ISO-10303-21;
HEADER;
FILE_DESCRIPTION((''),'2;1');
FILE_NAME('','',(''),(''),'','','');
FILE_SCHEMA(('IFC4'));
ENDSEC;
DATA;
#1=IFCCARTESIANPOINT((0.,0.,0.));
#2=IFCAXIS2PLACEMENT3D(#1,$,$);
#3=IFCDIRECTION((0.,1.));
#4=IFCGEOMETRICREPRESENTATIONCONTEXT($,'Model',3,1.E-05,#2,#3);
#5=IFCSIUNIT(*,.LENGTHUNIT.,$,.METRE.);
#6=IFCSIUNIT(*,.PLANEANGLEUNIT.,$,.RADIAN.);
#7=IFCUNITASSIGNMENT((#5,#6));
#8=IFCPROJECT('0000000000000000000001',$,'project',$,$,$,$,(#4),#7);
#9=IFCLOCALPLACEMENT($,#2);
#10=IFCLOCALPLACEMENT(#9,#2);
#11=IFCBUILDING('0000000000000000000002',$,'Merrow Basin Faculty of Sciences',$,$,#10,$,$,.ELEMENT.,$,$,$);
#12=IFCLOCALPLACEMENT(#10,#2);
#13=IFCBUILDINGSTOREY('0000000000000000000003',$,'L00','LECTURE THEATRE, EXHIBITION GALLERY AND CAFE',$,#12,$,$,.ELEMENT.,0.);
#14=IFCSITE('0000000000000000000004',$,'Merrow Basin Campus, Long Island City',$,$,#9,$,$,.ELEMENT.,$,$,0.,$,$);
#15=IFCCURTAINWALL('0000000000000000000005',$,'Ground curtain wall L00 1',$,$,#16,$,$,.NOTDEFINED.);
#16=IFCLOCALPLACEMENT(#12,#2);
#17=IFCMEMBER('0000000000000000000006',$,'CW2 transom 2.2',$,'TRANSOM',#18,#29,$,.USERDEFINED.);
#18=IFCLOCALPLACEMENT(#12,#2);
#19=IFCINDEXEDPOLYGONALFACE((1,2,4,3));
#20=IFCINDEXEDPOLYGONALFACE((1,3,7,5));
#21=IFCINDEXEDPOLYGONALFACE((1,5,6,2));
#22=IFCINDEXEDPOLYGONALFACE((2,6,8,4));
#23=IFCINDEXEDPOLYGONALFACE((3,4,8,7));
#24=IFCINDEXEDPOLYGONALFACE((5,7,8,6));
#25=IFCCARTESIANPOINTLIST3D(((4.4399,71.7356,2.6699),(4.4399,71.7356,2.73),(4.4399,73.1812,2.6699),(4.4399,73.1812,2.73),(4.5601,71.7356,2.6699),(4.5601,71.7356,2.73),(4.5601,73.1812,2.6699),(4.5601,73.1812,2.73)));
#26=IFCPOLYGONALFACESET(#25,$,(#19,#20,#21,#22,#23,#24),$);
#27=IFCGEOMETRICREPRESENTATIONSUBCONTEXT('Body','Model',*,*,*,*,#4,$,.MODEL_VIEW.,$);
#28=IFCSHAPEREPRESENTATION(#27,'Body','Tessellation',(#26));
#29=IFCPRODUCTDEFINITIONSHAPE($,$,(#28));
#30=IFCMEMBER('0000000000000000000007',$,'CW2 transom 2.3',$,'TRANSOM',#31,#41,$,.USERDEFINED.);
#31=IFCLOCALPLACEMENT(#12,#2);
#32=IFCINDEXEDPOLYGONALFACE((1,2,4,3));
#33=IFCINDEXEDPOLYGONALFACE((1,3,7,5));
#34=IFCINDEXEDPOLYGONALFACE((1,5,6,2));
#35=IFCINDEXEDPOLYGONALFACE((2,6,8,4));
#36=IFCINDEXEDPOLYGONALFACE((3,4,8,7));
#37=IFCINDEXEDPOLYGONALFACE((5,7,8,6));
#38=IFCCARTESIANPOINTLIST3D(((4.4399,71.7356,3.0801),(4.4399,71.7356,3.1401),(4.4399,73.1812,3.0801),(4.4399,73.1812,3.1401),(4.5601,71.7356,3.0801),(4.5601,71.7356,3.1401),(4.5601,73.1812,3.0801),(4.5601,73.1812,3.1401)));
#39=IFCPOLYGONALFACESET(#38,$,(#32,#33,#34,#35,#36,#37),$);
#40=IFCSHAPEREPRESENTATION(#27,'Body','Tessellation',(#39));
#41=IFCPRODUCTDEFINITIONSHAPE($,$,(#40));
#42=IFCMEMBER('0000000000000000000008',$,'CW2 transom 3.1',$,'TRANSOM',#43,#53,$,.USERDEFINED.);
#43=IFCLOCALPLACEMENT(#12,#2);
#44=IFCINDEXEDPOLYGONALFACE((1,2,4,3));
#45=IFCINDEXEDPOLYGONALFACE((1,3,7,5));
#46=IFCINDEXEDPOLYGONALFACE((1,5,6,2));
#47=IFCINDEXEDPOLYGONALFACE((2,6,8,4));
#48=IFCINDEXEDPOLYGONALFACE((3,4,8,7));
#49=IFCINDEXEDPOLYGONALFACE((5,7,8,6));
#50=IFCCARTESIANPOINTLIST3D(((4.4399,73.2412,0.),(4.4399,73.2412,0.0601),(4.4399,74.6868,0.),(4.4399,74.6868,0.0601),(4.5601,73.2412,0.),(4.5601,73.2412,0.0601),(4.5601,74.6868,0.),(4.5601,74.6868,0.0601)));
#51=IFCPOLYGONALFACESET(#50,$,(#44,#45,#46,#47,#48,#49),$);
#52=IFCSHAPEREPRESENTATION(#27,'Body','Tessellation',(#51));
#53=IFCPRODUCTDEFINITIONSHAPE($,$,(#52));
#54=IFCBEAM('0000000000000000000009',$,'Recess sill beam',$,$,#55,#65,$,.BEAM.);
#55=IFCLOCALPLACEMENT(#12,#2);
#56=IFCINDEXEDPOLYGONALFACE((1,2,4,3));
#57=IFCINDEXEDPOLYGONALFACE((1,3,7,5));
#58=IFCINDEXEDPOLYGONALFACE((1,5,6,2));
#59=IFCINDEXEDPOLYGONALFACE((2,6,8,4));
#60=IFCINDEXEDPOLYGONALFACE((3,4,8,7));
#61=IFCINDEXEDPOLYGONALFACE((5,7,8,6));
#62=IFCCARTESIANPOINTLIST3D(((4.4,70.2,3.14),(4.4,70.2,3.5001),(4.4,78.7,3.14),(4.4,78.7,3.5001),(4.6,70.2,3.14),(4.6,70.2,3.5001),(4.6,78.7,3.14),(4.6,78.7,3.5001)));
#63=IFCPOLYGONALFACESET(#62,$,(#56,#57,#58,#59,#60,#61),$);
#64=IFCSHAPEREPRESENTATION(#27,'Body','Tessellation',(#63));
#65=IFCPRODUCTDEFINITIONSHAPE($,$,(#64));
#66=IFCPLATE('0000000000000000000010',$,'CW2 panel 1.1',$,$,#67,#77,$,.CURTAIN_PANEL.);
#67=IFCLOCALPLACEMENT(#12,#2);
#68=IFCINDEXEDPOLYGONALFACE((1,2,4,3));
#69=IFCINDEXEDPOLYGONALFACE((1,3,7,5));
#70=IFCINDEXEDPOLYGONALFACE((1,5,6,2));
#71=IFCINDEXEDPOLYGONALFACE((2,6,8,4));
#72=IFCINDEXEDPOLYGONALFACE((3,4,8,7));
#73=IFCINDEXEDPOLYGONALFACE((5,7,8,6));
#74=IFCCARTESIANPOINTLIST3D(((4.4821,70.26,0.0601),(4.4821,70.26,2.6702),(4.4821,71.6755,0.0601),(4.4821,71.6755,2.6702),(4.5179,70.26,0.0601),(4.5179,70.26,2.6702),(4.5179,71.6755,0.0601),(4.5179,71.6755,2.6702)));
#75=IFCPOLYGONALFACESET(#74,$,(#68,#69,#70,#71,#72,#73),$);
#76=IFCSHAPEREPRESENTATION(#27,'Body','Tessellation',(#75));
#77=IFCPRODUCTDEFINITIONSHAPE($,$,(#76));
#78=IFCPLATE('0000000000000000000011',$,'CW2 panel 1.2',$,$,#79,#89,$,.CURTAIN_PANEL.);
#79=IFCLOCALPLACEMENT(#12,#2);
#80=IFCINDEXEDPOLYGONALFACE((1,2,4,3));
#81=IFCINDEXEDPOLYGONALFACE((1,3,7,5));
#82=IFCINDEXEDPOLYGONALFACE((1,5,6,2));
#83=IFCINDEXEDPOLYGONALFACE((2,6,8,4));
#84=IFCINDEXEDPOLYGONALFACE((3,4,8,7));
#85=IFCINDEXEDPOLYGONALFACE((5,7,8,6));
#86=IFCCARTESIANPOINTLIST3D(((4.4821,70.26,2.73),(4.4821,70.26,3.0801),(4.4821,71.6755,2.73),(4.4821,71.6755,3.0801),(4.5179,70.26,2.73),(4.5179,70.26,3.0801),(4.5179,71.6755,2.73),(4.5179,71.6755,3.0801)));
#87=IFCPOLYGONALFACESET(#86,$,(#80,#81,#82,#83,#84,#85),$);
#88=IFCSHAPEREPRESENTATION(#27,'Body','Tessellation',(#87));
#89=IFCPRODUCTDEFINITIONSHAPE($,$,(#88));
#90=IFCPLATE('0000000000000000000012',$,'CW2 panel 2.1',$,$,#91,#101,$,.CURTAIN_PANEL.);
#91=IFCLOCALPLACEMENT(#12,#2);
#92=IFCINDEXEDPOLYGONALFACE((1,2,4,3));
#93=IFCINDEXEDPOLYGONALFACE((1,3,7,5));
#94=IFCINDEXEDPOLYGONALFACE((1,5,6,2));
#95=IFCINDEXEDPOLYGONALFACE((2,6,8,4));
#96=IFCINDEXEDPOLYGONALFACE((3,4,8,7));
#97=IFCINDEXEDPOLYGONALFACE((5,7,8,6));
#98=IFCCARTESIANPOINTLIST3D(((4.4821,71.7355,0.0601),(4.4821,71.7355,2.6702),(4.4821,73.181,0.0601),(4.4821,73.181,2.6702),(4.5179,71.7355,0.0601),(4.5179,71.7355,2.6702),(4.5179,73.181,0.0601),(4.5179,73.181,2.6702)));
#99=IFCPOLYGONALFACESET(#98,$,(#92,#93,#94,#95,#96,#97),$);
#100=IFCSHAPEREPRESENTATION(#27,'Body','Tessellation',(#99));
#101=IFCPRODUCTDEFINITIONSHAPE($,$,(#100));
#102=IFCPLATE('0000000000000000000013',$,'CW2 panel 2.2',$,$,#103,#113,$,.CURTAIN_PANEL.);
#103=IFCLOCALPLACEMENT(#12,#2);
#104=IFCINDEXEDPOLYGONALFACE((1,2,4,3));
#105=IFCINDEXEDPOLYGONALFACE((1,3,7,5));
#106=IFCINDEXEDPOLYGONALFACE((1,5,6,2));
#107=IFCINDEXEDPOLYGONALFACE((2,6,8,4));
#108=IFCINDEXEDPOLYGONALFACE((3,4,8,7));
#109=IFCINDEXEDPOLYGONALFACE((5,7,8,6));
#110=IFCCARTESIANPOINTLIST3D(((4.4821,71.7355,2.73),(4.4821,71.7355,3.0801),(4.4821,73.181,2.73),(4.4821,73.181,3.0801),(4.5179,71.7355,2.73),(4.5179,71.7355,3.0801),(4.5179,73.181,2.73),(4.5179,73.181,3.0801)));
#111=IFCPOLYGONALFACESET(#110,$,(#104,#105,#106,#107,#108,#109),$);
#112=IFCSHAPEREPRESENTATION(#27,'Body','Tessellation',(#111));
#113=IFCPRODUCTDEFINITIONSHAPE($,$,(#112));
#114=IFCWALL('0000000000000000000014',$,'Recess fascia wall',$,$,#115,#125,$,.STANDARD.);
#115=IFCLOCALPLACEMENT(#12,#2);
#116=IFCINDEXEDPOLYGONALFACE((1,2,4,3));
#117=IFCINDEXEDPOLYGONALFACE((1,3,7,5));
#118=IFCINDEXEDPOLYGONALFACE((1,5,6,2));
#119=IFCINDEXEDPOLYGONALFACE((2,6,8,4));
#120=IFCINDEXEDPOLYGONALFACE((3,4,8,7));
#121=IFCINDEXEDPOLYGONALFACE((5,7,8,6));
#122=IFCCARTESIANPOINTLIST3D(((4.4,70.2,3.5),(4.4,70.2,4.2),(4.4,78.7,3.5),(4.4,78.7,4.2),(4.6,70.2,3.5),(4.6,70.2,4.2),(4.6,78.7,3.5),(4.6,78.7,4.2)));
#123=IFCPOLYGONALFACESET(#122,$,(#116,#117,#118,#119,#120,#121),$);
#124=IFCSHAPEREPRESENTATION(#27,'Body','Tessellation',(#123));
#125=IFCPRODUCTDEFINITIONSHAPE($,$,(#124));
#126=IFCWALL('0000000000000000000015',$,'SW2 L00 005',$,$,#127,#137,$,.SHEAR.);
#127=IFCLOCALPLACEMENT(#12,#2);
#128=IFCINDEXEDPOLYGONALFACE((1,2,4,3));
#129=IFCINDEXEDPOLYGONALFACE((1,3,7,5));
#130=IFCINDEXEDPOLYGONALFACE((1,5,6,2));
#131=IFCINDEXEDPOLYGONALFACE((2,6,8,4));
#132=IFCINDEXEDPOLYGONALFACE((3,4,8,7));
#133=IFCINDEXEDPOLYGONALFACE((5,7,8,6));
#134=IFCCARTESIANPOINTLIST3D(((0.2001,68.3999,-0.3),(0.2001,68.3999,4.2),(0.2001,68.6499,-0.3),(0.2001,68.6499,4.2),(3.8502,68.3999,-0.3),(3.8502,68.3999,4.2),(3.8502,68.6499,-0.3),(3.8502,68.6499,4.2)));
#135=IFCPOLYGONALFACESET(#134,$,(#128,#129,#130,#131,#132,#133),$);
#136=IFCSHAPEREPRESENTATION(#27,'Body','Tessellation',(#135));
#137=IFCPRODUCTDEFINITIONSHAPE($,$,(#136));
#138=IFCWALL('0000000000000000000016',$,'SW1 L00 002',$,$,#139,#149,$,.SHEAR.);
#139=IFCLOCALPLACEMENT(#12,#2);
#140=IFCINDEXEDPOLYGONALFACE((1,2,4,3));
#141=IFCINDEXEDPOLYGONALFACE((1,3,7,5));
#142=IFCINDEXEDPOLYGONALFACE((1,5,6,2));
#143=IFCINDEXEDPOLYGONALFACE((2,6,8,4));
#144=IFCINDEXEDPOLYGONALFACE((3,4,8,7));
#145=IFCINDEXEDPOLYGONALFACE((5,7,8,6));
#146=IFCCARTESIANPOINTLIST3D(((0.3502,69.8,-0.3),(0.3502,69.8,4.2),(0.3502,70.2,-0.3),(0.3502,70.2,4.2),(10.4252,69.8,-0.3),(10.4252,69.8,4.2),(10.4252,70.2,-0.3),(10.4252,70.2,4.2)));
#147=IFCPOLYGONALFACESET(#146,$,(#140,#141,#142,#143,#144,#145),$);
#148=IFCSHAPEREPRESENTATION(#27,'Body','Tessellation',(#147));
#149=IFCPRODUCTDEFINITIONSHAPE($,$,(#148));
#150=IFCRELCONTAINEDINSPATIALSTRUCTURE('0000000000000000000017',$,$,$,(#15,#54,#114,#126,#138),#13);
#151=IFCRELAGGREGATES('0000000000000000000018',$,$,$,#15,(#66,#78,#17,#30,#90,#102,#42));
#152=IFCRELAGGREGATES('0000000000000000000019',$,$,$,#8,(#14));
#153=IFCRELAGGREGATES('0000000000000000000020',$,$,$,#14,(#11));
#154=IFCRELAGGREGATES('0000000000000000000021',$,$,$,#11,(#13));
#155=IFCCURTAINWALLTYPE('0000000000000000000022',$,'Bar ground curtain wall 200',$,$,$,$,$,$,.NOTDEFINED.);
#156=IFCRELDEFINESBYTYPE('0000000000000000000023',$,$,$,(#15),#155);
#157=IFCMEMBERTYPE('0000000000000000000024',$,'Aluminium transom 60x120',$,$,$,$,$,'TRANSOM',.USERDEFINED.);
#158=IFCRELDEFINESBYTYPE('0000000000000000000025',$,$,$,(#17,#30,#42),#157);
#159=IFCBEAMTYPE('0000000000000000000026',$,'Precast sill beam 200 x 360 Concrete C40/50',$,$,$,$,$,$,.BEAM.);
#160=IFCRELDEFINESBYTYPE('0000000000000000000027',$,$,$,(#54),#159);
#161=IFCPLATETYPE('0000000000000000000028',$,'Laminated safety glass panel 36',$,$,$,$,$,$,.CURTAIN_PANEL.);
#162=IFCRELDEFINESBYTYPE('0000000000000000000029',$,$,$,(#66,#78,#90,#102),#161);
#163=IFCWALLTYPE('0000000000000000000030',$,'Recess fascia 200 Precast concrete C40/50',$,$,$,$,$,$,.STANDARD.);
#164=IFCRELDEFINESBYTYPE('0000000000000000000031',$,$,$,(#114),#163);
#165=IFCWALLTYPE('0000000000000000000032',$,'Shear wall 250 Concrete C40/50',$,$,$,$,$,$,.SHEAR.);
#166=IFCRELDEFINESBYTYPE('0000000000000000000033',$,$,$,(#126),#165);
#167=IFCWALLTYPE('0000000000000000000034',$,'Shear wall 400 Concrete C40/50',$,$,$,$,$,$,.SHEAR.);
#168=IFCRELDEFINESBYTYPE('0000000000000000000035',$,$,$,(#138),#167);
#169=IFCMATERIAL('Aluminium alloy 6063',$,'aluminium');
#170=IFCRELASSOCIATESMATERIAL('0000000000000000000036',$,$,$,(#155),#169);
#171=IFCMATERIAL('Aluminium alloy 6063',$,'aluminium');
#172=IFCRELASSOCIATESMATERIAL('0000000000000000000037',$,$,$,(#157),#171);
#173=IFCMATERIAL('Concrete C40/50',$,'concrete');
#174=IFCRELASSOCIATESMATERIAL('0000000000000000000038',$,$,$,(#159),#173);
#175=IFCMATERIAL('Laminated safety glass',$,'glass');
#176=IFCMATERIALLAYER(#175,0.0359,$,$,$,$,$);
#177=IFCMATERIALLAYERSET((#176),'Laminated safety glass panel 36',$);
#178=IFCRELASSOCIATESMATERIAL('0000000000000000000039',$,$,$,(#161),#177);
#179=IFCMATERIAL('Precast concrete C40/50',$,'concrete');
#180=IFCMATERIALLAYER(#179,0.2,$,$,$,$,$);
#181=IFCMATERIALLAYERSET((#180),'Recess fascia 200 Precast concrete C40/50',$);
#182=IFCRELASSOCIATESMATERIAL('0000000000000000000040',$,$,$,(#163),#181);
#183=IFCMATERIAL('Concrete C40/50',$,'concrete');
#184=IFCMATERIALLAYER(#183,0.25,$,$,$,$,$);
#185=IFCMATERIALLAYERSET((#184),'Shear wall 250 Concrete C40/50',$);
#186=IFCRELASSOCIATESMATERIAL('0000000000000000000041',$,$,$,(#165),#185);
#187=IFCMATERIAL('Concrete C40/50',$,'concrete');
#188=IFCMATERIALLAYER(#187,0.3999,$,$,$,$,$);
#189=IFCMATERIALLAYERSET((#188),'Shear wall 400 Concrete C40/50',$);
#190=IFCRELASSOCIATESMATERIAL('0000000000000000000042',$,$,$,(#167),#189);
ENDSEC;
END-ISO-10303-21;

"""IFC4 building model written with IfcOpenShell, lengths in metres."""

from ifc_helpers import new_model, si_unit, direction, frame, frame_2d, origin, origin_2d, place, context, subcontext, project, spatial, rectangle, extrude, material, layer, layer_set, material_profile, profile_set, type_object, element, aggregate, save


model = new_model("IFC4")

# Units and contexts
model_context = context("Model", 3, precision=1e-05, world=origin(), true_north=direction((0.0, 1.0)))
body_context = subcontext(model_context, "Body", "Model", "MODEL_VIEW")
ifc_project = project(units=[si_unit("LENGTHUNIT", "METRE"), si_unit("PLANEANGLEUNIT", "RADIAN")], contexts=[model_context])

# Site, building, storey
site_placement = place(None, origin())
site = spatial("IfcSite", under=ifc_project, at=site_placement, Name="Merrow Basin Campus, Long Island City", CompositionType="ELEMENT", RefElevation=0.0)
building_placement = place(site_placement, origin())
building = spatial("IfcBuilding", under=site, at=building_placement, Name="Merrow Basin Faculty of Sciences", CompositionType="ELEMENT")
storey_placement = place(building_placement, origin())
storey = spatial("IfcBuildingStorey", under=building, at=storey_placement, Name="L00", Description="LECTURE THEATRE, EXHIBITION GALLERY AND CAFE", CompositionType="ELEMENT", Elevation=0.0)

# Curtain wall, members
ifc_material_1 = material(Name="Aluminium alloy 6063", Category="aluminium")
curtain_wall_type = type_object("IfcCurtainWallType", Name="Bar ground curtain wall 200", PredefinedType="NOTDEFINED", material=ifc_material_1)
curtain_wall_placement = place(storey_placement, origin())
curtain_wall = element("IfcCurtainWall", 1, at=curtain_wall_placement, inside=storey, type_object=curtain_wall_type, Name="Ground curtain wall L00 1", PredefinedType="NOTDEFINED")
ifc_material_2 = material(Name="Aluminium alloy 6063", Category="aluminium")
ifc_material_profile_1 = material_profile(ifc_material_2, rectangle(XDim=0.1201, YDim=0.0601, at=origin_2d()))
ifc_profile_set_1 = profile_set([ifc_material_profile_1], Name="Aluminium alloy 6063")
member_type_1 = type_object("IfcMemberType", Name="Aluminium transom 60x120", ElementType="TRANSOM", PredefinedType="USERDEFINED", material=ifc_profile_set_1)
member_1_placement = place(storey_placement, frame((4.5, 71.7356, 2.7), z_axis=(0.0, 1.0, 0.0), x_axis=(-1.0, 0.0, 0.0)))
member_1 = element("IfcMember", 2, at=member_1_placement, type_object=member_type_1, Name="CW2 transom 2.2", ObjectType="TRANSOM", PredefinedType="USERDEFINED", context=body_context, shape_type="SweptSolid", body=[
    extrude(rectangle(XDim=0.1201, YDim=0.0601, at=origin_2d()), origin(), (0.0, 0.0, 1.0), 1.4456),
])
member_2_placement = place(storey_placement, frame((4.5, 71.7356, 3.1101), z_axis=(0.0, 1.0, 0.0), x_axis=(-1.0, 0.0, 0.0)))
member_2 = element("IfcMember", 3, at=member_2_placement, type_object=member_type_1, Name="CW2 transom 2.3", ObjectType="TRANSOM", PredefinedType="USERDEFINED", context=body_context, shape_type="SweptSolid", body=[
    extrude(rectangle(XDim=0.1201, YDim=0.0601, at=origin_2d()), origin(), (0.0, 0.0, 1.0), 1.4456),
])
member_3_placement = place(storey_placement, frame((4.5, 73.2412, 0.03), z_axis=(0.0, 1.0, 0.0), x_axis=(-1.0, 0.0, 0.0)))
member_3 = element("IfcMember", 4, at=member_3_placement, type_object=member_type_1, Name="CW2 transom 3.1", ObjectType="TRANSOM", PredefinedType="USERDEFINED", context=body_context, shape_type="SweptSolid", body=[
    extrude(rectangle(XDim=0.1201, YDim=0.0601, at=origin_2d()), origin(), (0.0, 0.0, 1.0), 1.4456),
])

# Beam
ifc_material_3 = material(Name="Concrete C40/50", Category="concrete")
ifc_material_profile_2 = material_profile(ifc_material_3, rectangle(XDim=0.2, YDim=0.3601, at=origin_2d()))
ifc_profile_set_2 = profile_set([ifc_material_profile_2], Name="Concrete C40/50")
beam_type = type_object("IfcBeamType", Name="Precast sill beam 200 x 360 Concrete C40/50", PredefinedType="BEAM", material=ifc_profile_set_2)
beam_placement = place(storey_placement, frame((4.5, 70.2, 3.3201), z_axis=(0.0, 1.0, 0.0), x_axis=(-1.0, 0.0, 0.0)))
element("IfcBeam", 5, at=beam_placement, inside=storey, type_object=beam_type, Name="Recess sill beam", PredefinedType="BEAM", context=body_context, shape_type="SweptSolid", body=[
    extrude(rectangle(XDim=0.2, YDim=0.3601, at=origin_2d()), origin(), (0.0, 0.0, 1.0), 8.5),
])

# Plates
ifc_material_4 = material(Name="Laminated safety glass", Category="glass")
ifc_layer_1 = layer(ifc_material_4, 0.0359)
ifc_layer_set_1 = layer_set([ifc_layer_1], Name="Laminated safety glass panel 36")
plate_type = type_object("IfcPlateType", Name="Laminated safety glass panel 36", PredefinedType="CURTAIN_PANEL", material=ifc_layer_set_1)
plate_1_placement = place(storey_placement, frame((4.5, 70.9678, 0.0601), z_axis=(0.0, 0.0, 1.0), x_axis=(0.0, 1.0, 0.0)))
plate_1 = element("IfcPlate", 6, at=plate_1_placement, type_object=plate_type, Name="CW2 panel 1.1", PredefinedType="CURTAIN_PANEL", context=body_context, shape_type="SweptSolid", body=[
    extrude(rectangle(XDim=1.4155, YDim=0.0359, at=origin_2d()), origin(), (0.0, 0.0, 1.0), 2.6101),
])
plate_2_placement = place(storey_placement, frame((4.5, 70.9678, 2.73), z_axis=(0.0, 0.0, 1.0), x_axis=(0.0, 1.0, 0.0)))
plate_2 = element("IfcPlate", 7, at=plate_2_placement, type_object=plate_type, Name="CW2 panel 1.2", PredefinedType="CURTAIN_PANEL", context=body_context, shape_type="SweptSolid", body=[
    extrude(rectangle(XDim=1.4155, YDim=0.0359, at=origin_2d()), origin(), (0.0, 0.0, 1.0), 0.3501),
])
plate_3_placement = place(storey_placement, frame((4.5, 72.4583, 0.0601), z_axis=(0.0, 0.0, 1.0), x_axis=(0.0, 1.0, 0.0)))
plate_3 = element("IfcPlate", 8, at=plate_3_placement, type_object=plate_type, Name="CW2 panel 2.1", PredefinedType="CURTAIN_PANEL", context=body_context, shape_type="SweptSolid", body=[
    extrude(rectangle(XDim=1.4456, YDim=0.0359, at=origin_2d()), origin(), (0.0, 0.0, 1.0), 2.6101),
])
plate_4_placement = place(storey_placement, frame((4.5, 72.4583, 2.73), z_axis=(0.0, 0.0, 1.0), x_axis=(0.0, 1.0, 0.0)))
plate_4 = element("IfcPlate", 9, at=plate_4_placement, type_object=plate_type, Name="CW2 panel 2.2", PredefinedType="CURTAIN_PANEL", context=body_context, shape_type="SweptSolid", body=[
    extrude(rectangle(XDim=1.4456, YDim=0.0359, at=origin_2d()), origin(), (0.0, 0.0, 1.0), 0.3501),
])
aggregate(curtain_wall, [plate_1, plate_2, member_1, member_2, plate_3, plate_4, member_3])

# Walls
ifc_material_5 = material(Name="Precast concrete C40/50", Category="concrete")
ifc_layer_2 = layer(ifc_material_5, 0.2)
ifc_layer_set_2 = layer_set([ifc_layer_2], Name="Recess fascia 200 Precast concrete C40/50")
wall_type_1 = type_object("IfcWallType", Name="Recess fascia 200 Precast concrete C40/50", PredefinedType="STANDARD", material=ifc_layer_set_2)
wall_1_placement = place(storey_placement, frame((4.5, 70.2, 3.5), z_axis=(0.0, 0.0, 1.0), x_axis=(0.0, 1.0, 0.0)))
element("IfcWall", 10, at=wall_1_placement, inside=storey, type_object=wall_type_1, Name="Recess fascia wall", PredefinedType="STANDARD", context=body_context, shape_type="SweptSolid", body=[
    extrude(rectangle(XDim=8.5, YDim=0.2, at=frame_2d((4.25, 0.0))), origin(), (0.0, 0.0, 1.0), 0.7),
])
ifc_material_6 = material(Name="Concrete C40/50", Category="concrete")
ifc_layer_3 = layer(ifc_material_6, 0.25)
ifc_layer_set_3 = layer_set([ifc_layer_3], Name="Shear wall 250 Concrete C40/50")
wall_type_2 = type_object("IfcWallType", Name="Shear wall 250 Concrete C40/50", PredefinedType="SHEAR", material=ifc_layer_set_3)
wall_2_placement = place(storey_placement, frame((0.2, 68.5249, -0.3), z_axis=(0.0, 0.0, 1.0), x_axis=(1.0, 0.0, 0.0)))
element("IfcWall", 11, at=wall_2_placement, inside=storey, type_object=wall_type_2, Name="SW2 L00 005", PredefinedType="SHEAR", context=body_context, shape_type="SweptSolid", body=[
    extrude(rectangle(XDim=3.6501, YDim=0.25, at=frame_2d((1.8252, 0.0))), origin(), (0.0, 0.0, 1.0), 4.5),
])
ifc_material_7 = material(Name="Concrete C40/50", Category="concrete")
ifc_layer_4 = layer(ifc_material_7, 0.3999)
ifc_layer_set_4 = layer_set([ifc_layer_4], Name="Shear wall 400 Concrete C40/50")
wall_type_3 = type_object("IfcWallType", Name="Shear wall 400 Concrete C40/50", PredefinedType="SHEAR", material=ifc_layer_set_4)
wall_3_placement = place(storey_placement, frame((0.3501, 70.0, -0.3), z_axis=(0.0, 0.0, 1.0), x_axis=(1.0, 0.0, 0.0)))
element("IfcWall", 12, at=wall_3_placement, inside=storey, type_object=wall_type_3, Name="SW1 L00 002", PredefinedType="SHEAR", context=body_context, shape_type="SweptSolid", body=[
    extrude(rectangle(XDim=10.075, YDim=0.3999, at=frame_2d((5.0376, 0.0))), origin(), (0.0, 0.0, 1.0), 4.5),
])

save(model, "model.ifc")
